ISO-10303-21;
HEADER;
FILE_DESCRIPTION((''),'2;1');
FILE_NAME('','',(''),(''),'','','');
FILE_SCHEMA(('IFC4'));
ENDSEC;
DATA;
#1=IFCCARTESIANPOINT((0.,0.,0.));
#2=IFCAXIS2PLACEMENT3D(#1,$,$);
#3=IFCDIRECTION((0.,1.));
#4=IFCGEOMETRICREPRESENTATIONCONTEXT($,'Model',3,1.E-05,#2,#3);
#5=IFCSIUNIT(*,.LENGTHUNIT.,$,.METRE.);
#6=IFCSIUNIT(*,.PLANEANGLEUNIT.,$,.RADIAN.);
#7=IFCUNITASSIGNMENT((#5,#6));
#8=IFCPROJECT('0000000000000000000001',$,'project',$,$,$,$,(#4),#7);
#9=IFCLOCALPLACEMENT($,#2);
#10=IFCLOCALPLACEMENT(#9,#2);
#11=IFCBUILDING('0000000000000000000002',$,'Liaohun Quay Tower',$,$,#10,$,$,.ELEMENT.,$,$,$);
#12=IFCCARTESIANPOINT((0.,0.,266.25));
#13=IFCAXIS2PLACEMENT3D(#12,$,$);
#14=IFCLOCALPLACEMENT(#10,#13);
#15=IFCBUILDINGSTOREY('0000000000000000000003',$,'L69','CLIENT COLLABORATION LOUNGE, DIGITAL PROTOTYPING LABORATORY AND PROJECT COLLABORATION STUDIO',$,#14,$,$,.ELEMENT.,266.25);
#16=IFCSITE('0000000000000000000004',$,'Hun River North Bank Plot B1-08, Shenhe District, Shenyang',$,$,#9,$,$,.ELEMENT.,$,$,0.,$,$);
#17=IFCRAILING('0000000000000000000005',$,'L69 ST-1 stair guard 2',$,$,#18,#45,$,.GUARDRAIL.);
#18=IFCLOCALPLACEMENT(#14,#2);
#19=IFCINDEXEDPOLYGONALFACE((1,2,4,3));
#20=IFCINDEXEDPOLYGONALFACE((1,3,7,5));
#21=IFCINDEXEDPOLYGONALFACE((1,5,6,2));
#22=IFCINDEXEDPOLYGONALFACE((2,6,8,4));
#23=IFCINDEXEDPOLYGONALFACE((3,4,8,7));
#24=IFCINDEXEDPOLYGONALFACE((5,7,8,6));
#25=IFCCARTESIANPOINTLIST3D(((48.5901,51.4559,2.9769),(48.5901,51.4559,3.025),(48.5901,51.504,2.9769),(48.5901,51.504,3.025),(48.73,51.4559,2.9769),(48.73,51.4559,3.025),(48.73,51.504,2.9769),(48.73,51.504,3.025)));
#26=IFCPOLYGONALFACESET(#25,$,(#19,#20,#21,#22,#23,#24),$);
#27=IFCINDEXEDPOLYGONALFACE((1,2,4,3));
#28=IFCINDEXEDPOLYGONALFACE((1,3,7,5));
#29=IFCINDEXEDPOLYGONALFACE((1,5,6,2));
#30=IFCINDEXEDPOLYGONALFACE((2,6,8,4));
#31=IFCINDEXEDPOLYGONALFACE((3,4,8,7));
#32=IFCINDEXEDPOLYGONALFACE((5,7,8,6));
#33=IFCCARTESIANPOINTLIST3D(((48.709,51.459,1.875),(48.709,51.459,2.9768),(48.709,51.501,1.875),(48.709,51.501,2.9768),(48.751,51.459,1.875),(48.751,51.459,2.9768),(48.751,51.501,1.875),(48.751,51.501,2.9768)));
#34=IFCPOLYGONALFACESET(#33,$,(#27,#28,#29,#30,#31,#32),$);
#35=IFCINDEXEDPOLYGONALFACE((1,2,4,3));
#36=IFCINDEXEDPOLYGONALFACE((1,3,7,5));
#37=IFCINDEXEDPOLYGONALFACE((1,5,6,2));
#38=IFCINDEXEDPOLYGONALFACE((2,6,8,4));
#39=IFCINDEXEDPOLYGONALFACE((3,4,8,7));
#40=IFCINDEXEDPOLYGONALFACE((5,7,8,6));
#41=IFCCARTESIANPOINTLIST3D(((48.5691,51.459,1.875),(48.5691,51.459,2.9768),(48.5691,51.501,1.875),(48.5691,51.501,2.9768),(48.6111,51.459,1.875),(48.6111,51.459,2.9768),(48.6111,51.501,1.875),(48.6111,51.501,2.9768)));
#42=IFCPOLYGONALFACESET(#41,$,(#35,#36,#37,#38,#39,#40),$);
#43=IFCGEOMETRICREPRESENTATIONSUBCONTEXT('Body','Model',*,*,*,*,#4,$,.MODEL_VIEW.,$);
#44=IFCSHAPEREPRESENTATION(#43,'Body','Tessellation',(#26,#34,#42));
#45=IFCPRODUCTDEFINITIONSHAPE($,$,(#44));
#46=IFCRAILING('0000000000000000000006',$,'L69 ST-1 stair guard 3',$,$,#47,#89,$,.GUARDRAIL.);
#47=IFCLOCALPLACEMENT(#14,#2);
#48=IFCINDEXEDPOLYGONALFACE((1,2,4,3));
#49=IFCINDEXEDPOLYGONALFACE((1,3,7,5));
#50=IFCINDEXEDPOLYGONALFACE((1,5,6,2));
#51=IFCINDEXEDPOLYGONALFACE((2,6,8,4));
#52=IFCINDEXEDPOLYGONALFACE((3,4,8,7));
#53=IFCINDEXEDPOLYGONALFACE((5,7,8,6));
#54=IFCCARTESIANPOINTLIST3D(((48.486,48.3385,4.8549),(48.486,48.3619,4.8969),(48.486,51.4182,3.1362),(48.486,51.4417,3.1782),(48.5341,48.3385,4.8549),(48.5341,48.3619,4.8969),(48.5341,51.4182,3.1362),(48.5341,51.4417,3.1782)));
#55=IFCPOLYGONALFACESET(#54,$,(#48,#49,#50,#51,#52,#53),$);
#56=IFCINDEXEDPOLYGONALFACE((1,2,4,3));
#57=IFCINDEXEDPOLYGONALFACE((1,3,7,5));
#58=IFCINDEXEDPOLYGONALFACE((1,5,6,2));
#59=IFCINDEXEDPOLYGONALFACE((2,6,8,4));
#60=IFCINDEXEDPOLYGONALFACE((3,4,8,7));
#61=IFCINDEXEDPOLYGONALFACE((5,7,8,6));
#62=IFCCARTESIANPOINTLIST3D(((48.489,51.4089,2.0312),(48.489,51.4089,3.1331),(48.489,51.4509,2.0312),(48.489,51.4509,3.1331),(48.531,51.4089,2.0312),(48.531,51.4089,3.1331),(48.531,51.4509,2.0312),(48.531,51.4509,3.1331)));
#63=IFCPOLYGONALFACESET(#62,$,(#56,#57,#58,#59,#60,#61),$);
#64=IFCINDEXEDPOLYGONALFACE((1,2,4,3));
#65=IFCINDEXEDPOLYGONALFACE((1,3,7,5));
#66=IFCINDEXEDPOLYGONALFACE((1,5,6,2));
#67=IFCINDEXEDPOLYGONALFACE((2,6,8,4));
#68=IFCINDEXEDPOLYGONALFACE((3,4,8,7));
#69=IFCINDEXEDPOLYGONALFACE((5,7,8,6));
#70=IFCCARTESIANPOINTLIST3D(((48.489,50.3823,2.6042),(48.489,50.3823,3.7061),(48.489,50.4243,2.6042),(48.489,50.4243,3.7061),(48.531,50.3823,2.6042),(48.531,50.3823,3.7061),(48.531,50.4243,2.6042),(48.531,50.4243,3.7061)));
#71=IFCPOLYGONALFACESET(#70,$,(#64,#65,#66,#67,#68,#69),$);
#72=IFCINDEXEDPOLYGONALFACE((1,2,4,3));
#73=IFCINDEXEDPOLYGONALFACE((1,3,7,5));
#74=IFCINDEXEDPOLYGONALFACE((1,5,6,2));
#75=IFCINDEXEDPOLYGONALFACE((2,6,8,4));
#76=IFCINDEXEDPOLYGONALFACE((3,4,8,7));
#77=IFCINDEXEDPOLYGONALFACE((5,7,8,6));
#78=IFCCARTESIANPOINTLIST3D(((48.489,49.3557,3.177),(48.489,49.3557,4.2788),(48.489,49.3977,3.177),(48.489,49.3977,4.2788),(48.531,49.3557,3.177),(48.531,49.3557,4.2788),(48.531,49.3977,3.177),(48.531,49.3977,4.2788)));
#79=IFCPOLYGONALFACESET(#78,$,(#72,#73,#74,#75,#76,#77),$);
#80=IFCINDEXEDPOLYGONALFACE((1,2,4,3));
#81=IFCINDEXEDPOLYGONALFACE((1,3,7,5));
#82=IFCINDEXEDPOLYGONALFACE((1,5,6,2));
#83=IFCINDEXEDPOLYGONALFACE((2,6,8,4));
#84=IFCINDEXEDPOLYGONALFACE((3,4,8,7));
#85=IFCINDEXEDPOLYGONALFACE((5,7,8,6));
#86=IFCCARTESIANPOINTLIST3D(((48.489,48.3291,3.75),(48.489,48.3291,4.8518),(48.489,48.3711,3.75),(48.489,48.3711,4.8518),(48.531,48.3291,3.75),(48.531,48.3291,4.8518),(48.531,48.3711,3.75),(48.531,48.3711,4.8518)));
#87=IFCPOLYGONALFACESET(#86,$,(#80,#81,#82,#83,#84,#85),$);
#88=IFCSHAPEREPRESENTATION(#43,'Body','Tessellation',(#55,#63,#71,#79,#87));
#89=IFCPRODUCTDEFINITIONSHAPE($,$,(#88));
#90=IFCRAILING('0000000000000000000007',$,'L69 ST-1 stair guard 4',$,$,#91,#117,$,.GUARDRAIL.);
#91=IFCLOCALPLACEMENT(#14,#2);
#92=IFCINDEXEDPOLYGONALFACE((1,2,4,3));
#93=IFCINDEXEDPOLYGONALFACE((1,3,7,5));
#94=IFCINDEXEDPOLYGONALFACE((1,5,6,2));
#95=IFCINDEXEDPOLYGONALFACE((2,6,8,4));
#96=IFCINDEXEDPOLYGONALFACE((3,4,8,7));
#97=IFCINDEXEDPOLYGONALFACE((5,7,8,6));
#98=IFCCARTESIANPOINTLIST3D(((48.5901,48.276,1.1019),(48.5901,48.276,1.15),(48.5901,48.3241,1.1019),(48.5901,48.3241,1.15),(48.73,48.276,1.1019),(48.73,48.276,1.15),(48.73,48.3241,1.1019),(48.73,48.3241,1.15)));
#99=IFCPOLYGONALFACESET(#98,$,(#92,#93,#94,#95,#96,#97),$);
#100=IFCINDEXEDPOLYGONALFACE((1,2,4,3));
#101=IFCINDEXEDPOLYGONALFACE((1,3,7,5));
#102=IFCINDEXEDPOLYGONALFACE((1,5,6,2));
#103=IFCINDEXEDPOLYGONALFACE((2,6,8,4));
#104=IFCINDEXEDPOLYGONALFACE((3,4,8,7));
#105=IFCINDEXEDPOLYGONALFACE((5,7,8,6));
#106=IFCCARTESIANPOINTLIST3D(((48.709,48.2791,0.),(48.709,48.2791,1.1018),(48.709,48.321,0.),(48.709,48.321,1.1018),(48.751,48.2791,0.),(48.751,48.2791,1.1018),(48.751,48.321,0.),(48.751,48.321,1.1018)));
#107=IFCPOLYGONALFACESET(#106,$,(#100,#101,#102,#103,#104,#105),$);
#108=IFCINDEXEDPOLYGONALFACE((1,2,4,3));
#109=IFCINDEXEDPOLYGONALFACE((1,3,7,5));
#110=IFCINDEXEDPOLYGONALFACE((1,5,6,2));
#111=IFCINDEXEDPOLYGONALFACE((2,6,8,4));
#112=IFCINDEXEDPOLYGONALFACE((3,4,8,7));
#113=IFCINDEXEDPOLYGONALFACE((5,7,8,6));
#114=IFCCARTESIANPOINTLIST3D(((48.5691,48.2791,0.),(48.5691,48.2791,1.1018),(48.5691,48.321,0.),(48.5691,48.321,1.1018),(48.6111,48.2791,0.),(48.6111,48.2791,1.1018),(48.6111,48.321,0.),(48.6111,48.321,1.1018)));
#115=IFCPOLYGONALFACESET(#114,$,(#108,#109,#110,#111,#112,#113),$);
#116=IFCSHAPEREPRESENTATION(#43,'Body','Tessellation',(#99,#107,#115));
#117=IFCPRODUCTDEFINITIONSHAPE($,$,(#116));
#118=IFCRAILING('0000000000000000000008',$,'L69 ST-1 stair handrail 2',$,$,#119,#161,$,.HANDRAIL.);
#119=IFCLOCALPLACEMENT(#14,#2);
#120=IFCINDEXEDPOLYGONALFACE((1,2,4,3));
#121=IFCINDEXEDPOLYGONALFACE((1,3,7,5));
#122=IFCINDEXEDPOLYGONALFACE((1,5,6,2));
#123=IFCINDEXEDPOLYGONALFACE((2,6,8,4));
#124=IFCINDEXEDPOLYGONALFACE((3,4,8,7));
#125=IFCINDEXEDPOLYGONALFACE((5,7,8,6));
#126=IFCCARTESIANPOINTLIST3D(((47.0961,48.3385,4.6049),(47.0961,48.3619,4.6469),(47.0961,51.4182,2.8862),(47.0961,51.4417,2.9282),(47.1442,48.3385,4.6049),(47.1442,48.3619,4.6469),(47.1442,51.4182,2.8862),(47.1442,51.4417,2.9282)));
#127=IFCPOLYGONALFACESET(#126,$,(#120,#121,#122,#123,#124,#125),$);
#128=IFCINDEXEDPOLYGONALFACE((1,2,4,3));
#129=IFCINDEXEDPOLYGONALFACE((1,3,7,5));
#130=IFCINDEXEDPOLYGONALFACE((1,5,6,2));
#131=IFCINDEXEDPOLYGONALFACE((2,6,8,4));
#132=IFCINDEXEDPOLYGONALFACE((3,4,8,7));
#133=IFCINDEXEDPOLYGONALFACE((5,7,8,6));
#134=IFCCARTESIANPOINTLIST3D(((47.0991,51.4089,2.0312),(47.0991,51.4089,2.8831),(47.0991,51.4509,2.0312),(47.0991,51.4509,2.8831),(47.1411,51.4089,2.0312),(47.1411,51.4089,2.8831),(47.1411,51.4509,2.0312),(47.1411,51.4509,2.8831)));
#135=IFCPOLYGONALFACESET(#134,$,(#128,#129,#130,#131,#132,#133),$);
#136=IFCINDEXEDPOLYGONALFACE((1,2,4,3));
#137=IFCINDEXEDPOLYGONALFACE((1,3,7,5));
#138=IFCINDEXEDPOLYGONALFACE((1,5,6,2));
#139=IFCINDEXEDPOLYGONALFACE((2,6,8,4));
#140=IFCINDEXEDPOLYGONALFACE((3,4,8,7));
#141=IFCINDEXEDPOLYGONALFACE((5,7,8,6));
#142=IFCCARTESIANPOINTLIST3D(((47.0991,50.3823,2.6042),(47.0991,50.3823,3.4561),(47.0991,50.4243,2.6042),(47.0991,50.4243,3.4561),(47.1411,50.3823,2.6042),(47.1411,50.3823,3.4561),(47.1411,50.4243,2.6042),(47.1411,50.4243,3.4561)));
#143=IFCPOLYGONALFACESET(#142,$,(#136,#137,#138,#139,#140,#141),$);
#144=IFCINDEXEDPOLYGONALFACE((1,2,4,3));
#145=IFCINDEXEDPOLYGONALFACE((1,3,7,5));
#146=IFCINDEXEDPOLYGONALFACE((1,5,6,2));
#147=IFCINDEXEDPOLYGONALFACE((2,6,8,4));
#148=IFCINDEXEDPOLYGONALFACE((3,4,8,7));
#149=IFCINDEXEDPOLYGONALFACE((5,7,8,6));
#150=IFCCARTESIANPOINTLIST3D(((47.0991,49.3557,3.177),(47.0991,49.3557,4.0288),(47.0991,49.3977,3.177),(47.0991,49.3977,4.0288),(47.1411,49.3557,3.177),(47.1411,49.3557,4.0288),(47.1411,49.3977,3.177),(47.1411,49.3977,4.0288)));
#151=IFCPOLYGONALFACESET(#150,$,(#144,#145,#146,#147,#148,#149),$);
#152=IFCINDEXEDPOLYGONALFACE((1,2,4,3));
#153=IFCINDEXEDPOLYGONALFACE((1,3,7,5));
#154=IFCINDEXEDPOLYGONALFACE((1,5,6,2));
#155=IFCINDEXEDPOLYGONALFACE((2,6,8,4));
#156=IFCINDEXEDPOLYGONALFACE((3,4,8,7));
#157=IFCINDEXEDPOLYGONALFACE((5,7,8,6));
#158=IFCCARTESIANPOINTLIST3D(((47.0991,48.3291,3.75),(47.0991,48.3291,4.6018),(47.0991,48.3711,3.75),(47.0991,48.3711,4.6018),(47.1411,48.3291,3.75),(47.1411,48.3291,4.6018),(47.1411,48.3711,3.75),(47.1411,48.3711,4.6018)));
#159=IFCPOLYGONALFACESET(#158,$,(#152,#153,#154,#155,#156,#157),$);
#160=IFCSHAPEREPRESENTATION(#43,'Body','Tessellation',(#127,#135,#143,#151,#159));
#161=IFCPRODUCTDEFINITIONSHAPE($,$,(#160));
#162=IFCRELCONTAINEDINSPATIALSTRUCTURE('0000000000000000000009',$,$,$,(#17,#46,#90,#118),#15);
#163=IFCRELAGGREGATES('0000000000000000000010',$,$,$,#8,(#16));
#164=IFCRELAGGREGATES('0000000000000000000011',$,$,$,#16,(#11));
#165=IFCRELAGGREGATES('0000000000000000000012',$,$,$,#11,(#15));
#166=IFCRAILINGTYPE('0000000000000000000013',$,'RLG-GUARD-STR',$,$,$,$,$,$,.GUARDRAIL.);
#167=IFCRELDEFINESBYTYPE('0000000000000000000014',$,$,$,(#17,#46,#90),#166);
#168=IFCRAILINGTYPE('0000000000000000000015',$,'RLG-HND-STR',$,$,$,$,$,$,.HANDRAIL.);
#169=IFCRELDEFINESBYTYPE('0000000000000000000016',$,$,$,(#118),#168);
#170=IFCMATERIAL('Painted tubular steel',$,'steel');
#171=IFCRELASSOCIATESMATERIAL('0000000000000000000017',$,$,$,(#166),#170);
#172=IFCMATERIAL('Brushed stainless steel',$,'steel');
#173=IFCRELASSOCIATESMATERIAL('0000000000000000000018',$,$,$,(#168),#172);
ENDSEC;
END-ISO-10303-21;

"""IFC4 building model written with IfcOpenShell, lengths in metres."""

from ifc_helpers import new_model, si_unit, direction, frame, origin, origin_2d, place, context, subcontext, project, spatial, rectangle, extrude, material, type_object, element, save


model = new_model("IFC4")

# Units and contexts
model_context = context("Model", 3, precision=1e-05, world=origin(), true_north=direction((0.0, 1.0)))
body_context = subcontext(model_context, "Body", "Model", "MODEL_VIEW")
ifc_project = project(units=[si_unit("LENGTHUNIT", "METRE"), si_unit("PLANEANGLEUNIT", "RADIAN")], contexts=[model_context])

# Site, building, storey
site_placement = place(None, origin())
site = spatial("IfcSite", under=ifc_project, at=site_placement, Name="Hun River North Bank Plot B1-08, Shenhe District, Shenyang", CompositionType="ELEMENT", RefElevation=0.0)
building_placement = place(site_placement, origin())
building = spatial("IfcBuilding", under=site, at=building_placement, Name="Liaohun Quay Tower", CompositionType="ELEMENT")
storey_placement = place(building_placement, frame((0.0, 0.0, 266.25)))
storey = spatial("IfcBuildingStorey", under=building, at=storey_placement, Name="L69", Description="CLIENT COLLABORATION LOUNGE, DIGITAL PROTOTYPING LABORATORY AND PROJECT COLLABORATION STUDIO", CompositionType="ELEMENT", Elevation=266.25)

# Railings
ifc_material_1 = material(Name="Painted tubular steel", Category="steel")
railing_type_1 = type_object("IfcRailingType", Name="RLG-GUARD-STR", PredefinedType="GUARDRAIL", material=ifc_material_1)
railing_1_placement = place(storey_placement, frame((48.73, 51.48, 1.875)))
element("IfcRailing", 1, at=railing_1_placement, inside=storey, type_object=railing_type_1, Name="L69 ST-1 stair guard 2", PredefinedType="GUARDRAIL", context=body_context, shape_type="SweptSolid", body=[
    extrude(rectangle(XDim=0.0481, YDim=0.0481, at=origin_2d()), frame((0.0, 0.0, 1.126), z_axis=(-1.0, 0.0, 0.0), x_axis=(0.0, -1.0, 0.0)), (0.0, 0.0, 1.0), 0.1399),
    extrude(rectangle(XDim=0.042, YDim=0.042, at=origin_2d()), origin(), (0.0, 0.0, 1.0), 1.1018),
    extrude(rectangle(XDim=0.042, YDim=0.042, at=origin_2d()), frame((-0.1399, 0.0, 0.0)), (0.0, 0.0, 1.0), 1.1018),
])
railing_2_placement = place(storey_placement, frame((48.51, 51.4299, 2.0312)))
element("IfcRailing", 2, at=railing_2_placement, inside=storey, type_object=railing_type_1, Name="L69 ST-1 stair guard 3", PredefinedType="GUARDRAIL", context=body_context, shape_type="SweptSolid", body=[
    extrude(rectangle(XDim=0.0481, YDim=0.0481, at=origin_2d()), frame((0.0, 0.0, 1.126), z_axis=(0.0, -0.873225, 0.487317), x_axis=(1.0, 0.0, 0.0)), (0.0, 0.0, 1.0), 3.5269),
    extrude(rectangle(XDim=0.042, YDim=0.042, at=origin_2d()), origin(), (0.0, 0.0, 1.0), 1.1018),
    extrude(rectangle(XDim=0.042, YDim=0.042, at=origin_2d()), frame((0.0, -1.0266, 0.573)), (0.0, 0.0, 1.0), 1.1018),
    extrude(rectangle(XDim=0.042, YDim=0.042, at=origin_2d()), frame((0.0, -2.0532, 1.1458)), (0.0, 0.0, 1.0), 1.1018),
    extrude(rectangle(XDim=0.042, YDim=0.042, at=origin_2d()), frame((0.0, -3.0798, 1.7188)), (0.0, 0.0, 1.0), 1.1018),
])
railing_3_placement = place(storey_placement, frame((48.73, 48.3, 0.0)))
element("IfcRailing", 3, at=railing_3_placement, inside=storey, type_object=railing_type_1, Name="L69 ST-1 stair guard 4", PredefinedType="GUARDRAIL", context=body_context, shape_type="SweptSolid", body=[
    extrude(rectangle(XDim=0.0481, YDim=0.0481, at=origin_2d()), frame((0.0, 0.0, 1.126), z_axis=(-1.0, 0.0, 0.0), x_axis=(0.0, -1.0, 0.0)), (0.0, 0.0, 1.0), 0.1399),
    extrude(rectangle(XDim=0.042, YDim=0.042, at=origin_2d()), origin(), (0.0, 0.0, 1.0), 1.1018),
    extrude(rectangle(XDim=0.042, YDim=0.042, at=origin_2d()), frame((-0.1399, 0.0, 0.0)), (0.0, 0.0, 1.0), 1.1018),
])
ifc_material_2 = material(Name="Brushed stainless steel", Category="steel")
railing_type_2 = type_object("IfcRailingType", Name="RLG-HND-STR", PredefinedType="HANDRAIL", material=ifc_material_2)
railing_4_placement = place(storey_placement, frame((47.1201, 51.4299, 2.0312)))
element("IfcRailing", 4, at=railing_4_placement, inside=storey, type_object=railing_type_2, Name="L69 ST-1 stair handrail 2", PredefinedType="HANDRAIL", context=body_context, shape_type="SweptSolid", body=[
    extrude(rectangle(XDim=0.0481, YDim=0.0481, at=origin_2d()), frame((0.0, 0.0, 0.876), z_axis=(0.0, -0.873225, 0.487317), x_axis=(1.0, 0.0, 0.0)), (0.0, 0.0, 1.0), 3.5269),
    extrude(rectangle(XDim=0.042, YDim=0.042, at=origin_2d()), origin(), (0.0, 0.0, 1.0), 0.8518),
    extrude(rectangle(XDim=0.042, YDim=0.042, at=origin_2d()), frame((0.0, -1.0266, 0.573)), (0.0, 0.0, 1.0), 0.8518),
    extrude(rectangle(XDim=0.042, YDim=0.042, at=origin_2d()), frame((0.0, -2.0532, 1.1458)), (0.0, 0.0, 1.0), 0.8518),
    extrude(rectangle(XDim=0.042, YDim=0.042, at=origin_2d()), frame((0.0, -3.0798, 1.7188)), (0.0, 0.0, 1.0), 0.8518),
])

save(model, "model.ifc")
